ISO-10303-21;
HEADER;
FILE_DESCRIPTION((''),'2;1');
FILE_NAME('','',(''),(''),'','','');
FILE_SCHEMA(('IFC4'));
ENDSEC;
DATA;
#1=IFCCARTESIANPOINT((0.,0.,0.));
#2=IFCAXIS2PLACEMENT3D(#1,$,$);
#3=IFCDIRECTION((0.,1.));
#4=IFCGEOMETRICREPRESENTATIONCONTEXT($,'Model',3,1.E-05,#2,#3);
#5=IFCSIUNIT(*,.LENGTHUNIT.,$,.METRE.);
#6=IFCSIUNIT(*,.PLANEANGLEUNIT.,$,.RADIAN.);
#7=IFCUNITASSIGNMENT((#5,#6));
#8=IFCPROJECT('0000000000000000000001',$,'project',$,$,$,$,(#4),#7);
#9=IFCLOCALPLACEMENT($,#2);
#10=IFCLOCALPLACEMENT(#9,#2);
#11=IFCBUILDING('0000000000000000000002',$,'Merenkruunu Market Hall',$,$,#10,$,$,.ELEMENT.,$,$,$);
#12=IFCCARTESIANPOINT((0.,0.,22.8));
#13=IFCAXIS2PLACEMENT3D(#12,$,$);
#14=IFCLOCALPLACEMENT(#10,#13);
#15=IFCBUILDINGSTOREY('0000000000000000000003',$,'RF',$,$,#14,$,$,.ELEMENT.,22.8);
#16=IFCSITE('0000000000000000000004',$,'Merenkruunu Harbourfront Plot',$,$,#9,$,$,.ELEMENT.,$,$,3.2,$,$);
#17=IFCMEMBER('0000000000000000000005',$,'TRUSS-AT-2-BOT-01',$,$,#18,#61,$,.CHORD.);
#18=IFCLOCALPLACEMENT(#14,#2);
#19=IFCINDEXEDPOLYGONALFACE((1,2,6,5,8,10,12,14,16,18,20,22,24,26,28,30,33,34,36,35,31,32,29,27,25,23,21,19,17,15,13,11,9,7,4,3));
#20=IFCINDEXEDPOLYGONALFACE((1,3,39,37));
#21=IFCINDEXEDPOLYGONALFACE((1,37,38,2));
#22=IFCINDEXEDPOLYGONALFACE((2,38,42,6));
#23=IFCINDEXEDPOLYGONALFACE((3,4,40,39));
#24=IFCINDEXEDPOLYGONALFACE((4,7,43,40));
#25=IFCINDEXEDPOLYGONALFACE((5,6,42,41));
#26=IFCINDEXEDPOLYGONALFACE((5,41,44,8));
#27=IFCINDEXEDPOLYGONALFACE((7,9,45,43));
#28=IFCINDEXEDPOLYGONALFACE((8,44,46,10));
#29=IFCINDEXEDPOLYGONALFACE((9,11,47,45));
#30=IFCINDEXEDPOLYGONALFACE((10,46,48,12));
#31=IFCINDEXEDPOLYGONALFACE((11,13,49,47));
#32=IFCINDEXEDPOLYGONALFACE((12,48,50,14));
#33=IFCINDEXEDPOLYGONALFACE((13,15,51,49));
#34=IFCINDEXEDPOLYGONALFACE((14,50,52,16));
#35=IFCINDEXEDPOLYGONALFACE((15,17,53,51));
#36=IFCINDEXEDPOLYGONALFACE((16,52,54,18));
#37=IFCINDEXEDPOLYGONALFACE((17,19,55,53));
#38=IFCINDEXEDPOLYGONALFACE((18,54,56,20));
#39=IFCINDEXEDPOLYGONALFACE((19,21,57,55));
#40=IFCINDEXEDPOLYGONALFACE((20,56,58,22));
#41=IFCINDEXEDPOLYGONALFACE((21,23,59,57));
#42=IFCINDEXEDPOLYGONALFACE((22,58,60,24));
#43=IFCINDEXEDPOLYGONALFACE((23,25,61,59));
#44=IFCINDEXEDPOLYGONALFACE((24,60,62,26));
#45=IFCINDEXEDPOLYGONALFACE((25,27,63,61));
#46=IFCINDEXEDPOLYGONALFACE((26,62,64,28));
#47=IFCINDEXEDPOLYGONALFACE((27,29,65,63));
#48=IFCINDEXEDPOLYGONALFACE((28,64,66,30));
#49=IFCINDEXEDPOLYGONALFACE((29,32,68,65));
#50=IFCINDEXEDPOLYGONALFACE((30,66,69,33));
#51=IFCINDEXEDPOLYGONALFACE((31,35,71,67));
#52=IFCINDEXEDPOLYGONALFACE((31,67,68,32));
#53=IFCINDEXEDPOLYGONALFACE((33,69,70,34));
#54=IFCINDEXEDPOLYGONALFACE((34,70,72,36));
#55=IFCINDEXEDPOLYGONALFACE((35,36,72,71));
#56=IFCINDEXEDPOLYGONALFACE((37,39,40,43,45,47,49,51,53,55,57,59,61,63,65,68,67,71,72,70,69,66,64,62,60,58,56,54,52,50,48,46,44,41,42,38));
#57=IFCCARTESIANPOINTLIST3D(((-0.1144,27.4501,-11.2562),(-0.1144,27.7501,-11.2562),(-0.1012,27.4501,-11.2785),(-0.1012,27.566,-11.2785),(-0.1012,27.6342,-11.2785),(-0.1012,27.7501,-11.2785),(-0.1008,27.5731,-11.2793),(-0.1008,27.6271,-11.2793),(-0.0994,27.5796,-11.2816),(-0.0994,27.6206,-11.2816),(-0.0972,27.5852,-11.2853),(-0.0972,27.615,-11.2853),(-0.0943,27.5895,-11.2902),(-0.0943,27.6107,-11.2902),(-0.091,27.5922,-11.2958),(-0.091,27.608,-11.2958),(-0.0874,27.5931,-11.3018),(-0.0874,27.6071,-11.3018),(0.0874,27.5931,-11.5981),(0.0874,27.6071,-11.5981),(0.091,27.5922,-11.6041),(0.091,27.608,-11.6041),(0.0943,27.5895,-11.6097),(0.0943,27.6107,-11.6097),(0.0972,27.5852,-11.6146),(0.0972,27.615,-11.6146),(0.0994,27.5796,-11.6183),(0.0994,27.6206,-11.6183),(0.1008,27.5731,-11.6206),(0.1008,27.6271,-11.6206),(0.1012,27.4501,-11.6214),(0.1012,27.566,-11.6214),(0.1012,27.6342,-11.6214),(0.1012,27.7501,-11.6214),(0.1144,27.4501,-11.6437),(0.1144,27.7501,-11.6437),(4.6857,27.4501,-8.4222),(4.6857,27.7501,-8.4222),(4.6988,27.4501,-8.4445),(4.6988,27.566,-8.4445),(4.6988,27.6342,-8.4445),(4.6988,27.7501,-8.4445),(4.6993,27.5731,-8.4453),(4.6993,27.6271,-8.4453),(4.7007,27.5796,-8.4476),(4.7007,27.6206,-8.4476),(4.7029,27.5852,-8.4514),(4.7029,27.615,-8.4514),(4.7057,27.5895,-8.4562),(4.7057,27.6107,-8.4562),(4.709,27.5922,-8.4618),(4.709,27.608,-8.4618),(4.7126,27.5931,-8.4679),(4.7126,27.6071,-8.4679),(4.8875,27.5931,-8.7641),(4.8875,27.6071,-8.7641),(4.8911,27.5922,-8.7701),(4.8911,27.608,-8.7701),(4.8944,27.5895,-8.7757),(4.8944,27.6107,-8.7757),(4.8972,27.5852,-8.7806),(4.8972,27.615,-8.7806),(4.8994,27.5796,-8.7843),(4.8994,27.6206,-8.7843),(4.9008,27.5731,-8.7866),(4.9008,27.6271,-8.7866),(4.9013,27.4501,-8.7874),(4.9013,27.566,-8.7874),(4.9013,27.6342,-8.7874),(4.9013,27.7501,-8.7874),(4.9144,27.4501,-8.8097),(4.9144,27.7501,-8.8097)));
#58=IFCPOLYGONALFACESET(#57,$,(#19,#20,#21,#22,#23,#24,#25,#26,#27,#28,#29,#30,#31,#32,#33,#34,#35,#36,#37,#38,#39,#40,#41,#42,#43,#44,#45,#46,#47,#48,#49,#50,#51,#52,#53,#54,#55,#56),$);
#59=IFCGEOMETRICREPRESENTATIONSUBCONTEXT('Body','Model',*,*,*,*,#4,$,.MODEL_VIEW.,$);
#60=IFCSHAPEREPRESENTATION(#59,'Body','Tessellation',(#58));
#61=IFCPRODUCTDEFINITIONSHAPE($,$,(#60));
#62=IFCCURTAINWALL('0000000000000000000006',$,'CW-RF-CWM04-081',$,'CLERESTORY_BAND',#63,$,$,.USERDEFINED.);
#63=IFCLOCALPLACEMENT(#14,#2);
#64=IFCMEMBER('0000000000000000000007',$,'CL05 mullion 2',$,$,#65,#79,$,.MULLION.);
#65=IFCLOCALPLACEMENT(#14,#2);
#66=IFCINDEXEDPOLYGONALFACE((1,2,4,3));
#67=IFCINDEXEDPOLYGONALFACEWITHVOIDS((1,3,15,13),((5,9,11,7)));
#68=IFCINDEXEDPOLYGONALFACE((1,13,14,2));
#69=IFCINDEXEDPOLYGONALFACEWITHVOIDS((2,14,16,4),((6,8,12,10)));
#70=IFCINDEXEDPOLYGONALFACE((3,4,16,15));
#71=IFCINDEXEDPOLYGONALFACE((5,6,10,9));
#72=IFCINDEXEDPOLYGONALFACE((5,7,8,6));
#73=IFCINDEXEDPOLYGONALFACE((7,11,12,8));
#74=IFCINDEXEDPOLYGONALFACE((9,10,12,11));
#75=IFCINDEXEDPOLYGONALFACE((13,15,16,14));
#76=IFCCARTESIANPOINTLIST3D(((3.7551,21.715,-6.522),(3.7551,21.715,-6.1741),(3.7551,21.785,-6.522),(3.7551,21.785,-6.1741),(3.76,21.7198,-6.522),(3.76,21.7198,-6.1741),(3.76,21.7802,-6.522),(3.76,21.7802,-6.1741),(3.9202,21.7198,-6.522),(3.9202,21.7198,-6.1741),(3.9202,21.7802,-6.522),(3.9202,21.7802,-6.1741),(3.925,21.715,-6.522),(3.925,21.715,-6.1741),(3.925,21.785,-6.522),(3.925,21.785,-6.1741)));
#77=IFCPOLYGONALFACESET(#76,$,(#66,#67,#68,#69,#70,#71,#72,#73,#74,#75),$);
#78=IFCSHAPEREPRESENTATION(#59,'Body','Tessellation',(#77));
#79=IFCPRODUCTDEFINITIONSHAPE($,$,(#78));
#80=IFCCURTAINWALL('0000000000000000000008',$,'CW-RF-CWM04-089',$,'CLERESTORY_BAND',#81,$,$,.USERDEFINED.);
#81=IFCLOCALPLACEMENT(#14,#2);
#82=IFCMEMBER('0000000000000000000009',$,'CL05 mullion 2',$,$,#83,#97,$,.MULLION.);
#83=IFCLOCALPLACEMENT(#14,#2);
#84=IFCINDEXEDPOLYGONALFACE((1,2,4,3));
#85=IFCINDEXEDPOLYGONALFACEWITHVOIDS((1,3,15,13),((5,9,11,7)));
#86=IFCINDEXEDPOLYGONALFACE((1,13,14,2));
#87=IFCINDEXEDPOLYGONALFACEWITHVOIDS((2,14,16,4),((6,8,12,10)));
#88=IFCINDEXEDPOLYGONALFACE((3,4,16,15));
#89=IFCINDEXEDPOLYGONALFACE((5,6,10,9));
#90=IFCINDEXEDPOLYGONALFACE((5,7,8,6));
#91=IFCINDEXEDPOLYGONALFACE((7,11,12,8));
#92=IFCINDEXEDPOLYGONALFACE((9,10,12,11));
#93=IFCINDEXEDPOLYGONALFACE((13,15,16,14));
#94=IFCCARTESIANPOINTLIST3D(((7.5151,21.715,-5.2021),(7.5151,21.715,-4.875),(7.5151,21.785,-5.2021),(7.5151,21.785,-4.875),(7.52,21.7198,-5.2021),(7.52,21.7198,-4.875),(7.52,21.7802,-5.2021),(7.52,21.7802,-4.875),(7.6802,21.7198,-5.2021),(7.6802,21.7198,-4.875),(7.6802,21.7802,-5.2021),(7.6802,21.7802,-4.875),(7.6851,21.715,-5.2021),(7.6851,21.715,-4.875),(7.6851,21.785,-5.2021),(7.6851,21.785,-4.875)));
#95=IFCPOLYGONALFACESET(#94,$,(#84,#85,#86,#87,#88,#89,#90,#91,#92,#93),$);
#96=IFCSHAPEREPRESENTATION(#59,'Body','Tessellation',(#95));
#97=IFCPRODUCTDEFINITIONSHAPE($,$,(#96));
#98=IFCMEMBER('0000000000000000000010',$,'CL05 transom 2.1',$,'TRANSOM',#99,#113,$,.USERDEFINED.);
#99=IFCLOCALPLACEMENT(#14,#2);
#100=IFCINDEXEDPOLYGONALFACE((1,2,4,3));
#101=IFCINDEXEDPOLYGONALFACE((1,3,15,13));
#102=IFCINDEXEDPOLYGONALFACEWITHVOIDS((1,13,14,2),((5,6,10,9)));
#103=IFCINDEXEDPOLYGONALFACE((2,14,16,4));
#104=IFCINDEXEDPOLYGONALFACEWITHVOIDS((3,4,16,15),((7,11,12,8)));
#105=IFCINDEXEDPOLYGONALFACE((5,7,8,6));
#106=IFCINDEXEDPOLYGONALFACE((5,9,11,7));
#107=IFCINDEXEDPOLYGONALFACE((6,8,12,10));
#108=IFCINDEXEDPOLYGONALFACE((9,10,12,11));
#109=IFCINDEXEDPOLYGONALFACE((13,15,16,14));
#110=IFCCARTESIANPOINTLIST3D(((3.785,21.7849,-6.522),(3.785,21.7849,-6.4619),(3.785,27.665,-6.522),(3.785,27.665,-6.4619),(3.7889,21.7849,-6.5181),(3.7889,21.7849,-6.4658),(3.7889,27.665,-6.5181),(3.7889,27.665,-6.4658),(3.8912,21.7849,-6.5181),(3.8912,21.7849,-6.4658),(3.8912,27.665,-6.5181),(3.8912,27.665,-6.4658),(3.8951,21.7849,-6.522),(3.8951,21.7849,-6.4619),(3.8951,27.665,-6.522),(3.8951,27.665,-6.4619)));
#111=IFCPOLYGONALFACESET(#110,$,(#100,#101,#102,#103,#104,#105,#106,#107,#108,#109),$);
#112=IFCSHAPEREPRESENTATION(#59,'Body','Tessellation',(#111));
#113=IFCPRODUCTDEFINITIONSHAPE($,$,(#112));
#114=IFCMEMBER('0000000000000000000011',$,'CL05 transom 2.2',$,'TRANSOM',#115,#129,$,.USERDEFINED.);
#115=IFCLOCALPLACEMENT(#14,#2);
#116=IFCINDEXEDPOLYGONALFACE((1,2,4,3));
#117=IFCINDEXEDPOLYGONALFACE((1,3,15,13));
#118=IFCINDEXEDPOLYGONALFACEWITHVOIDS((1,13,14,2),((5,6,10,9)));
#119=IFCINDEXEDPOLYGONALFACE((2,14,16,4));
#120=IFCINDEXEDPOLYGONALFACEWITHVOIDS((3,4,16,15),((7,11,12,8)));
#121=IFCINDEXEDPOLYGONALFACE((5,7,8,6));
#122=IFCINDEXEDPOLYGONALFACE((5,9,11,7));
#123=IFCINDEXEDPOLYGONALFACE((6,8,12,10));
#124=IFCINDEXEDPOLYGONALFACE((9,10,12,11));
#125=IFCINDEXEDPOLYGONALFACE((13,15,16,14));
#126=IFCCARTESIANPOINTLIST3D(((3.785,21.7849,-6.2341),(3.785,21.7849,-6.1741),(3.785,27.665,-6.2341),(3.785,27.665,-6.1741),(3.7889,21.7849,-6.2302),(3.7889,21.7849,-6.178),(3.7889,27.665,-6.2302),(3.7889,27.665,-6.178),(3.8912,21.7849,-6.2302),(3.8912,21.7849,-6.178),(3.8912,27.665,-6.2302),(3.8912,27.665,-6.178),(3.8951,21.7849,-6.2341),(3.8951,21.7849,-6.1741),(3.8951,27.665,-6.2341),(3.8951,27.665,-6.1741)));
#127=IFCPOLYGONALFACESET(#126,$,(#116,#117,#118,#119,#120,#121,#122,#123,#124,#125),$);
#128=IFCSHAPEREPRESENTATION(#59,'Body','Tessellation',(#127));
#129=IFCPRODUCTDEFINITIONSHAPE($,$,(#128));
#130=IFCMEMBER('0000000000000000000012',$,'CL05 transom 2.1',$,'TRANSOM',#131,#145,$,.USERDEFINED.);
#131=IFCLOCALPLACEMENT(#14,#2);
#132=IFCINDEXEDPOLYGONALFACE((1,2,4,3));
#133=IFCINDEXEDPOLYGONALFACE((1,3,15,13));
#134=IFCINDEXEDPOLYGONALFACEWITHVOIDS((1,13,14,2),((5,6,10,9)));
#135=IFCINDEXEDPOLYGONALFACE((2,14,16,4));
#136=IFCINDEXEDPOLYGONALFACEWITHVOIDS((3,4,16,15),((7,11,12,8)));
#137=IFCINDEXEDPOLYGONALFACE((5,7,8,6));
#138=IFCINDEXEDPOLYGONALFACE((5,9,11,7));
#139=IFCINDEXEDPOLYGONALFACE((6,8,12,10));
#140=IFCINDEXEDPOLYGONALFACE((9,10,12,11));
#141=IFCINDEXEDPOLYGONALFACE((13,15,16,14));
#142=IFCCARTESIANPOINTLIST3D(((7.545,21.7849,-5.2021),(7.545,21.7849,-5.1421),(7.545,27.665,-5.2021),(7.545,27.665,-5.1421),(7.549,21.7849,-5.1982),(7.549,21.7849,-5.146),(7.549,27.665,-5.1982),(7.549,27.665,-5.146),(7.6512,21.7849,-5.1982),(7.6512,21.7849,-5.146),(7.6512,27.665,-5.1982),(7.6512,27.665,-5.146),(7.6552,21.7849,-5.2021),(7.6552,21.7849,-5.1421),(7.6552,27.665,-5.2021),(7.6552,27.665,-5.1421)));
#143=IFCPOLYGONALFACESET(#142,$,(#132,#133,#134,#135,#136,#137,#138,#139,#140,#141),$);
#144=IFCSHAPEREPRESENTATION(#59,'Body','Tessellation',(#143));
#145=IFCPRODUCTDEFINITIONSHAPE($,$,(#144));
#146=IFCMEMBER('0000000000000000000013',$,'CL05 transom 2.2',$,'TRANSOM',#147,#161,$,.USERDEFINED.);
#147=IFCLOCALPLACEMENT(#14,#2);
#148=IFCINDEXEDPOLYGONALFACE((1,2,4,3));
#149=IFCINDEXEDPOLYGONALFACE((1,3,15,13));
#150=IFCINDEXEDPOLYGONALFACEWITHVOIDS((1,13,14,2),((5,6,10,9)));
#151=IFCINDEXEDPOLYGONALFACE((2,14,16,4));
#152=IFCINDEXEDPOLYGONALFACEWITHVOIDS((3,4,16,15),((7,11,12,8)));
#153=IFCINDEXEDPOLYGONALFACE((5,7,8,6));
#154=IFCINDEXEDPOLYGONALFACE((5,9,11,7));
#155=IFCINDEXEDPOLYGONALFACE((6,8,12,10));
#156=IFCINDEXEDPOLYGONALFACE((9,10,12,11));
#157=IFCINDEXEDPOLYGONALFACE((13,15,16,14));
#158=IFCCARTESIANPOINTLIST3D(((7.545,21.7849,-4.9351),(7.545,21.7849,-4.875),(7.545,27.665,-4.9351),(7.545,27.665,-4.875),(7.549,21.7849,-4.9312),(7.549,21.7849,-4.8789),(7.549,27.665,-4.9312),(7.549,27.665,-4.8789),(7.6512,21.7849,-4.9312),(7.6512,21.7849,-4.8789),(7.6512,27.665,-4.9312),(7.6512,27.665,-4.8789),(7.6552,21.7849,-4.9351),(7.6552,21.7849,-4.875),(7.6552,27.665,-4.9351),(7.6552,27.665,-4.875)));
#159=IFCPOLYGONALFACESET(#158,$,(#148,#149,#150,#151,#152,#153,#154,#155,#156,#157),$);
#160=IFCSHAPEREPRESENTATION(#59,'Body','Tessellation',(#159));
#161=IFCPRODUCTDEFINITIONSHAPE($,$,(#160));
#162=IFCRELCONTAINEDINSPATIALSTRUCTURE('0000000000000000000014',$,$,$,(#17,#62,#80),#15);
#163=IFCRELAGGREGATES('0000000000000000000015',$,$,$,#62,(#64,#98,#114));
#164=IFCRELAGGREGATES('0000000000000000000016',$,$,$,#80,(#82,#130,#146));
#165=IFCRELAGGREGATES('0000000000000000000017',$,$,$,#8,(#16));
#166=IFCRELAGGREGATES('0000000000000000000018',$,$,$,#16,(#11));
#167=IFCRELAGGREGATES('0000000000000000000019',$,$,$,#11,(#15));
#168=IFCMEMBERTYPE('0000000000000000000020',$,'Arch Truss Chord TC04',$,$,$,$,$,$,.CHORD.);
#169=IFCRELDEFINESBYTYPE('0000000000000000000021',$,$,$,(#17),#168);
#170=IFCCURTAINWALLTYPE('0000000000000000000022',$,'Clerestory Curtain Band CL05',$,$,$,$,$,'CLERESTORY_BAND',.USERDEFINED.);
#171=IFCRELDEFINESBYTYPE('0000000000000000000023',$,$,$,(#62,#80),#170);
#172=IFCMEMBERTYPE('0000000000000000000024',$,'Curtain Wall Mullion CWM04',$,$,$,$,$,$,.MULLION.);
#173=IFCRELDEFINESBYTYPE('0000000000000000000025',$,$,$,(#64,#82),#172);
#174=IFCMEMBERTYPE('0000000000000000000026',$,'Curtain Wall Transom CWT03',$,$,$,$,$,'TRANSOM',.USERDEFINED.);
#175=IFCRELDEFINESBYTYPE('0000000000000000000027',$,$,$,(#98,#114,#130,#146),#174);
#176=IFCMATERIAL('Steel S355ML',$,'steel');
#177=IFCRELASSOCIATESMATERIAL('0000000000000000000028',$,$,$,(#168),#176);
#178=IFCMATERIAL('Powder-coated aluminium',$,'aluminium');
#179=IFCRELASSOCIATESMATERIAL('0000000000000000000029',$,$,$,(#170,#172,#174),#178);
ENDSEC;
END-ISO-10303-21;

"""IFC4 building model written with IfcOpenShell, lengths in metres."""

from ifc_helpers import new_model, si_unit, direction, frame, origin, origin_2d, place, context, subcontext, project, spatial, hollow_rectangle, i_section, extrude, material, material_profile, profile_set, type_object, element, aggregate, save


model = new_model("IFC4")

# Units and contexts
model_context = context("Model", 3, precision=1e-05, world=origin(), true_north=direction((0.0, 1.0)))
body_context = subcontext(model_context, "Body", "Model", "MODEL_VIEW")
ifc_project = project(units=[si_unit("LENGTHUNIT", "METRE"), si_unit("PLANEANGLEUNIT", "RADIAN")], contexts=[model_context])

# Site, building, storey
site_placement = place(None, origin())
site = spatial("IfcSite", under=ifc_project, at=site_placement, Name="Merenkruunu Harbourfront Plot", CompositionType="ELEMENT", RefElevation=3.2)
building_placement = place(site_placement, origin())
building = spatial("IfcBuilding", under=site, at=building_placement, Name="Merenkruunu Market Hall", CompositionType="ELEMENT")
storey_placement = place(building_placement, frame((0.0, 0.0, 22.8)))
storey = spatial("IfcBuildingStorey", under=building, at=storey_placement, Name="RF", CompositionType="ELEMENT", Elevation=22.8)

# Member
ifc_material_1 = material(Name="Steel S355ML", Category="steel")
ifc_material_profile_1 = material_profile(ifc_material_1, i_section(OverallWidth=0.3, OverallDepth=0.45, WebThickness=0.0139, FlangeThickness=0.0259, FilletRadius=0.0271, at=origin_2d()), Name="HEB 450")
ifc_profile_set_1 = profile_set([ifc_material_profile_1], Name="Steel S355ML")
member_type_1 = type_object("IfcMemberType", Name="Arch Truss Chord TC04", PredefinedType="CHORD", material=ifc_profile_set_1)
member_1_placement = place(storey_placement, frame((0.0, 27.6001, -11.45), z_axis=(0.861116, 0.0, 0.508409), x_axis=(0.0, 1.0, 0.0)))
element("IfcMember", 1, at=member_1_placement, inside=storey, type_object=member_type_1, Name="TRUSS-AT-2-BOT-01", PredefinedType="CHORD", context=body_context, shape_type="SweptSolid", body=[
    extrude(i_section(OverallWidth=0.3, OverallDepth=0.45, WebThickness=0.0139, FlangeThickness=0.0259, FilletRadius=0.0271, at=origin_2d()), origin(), (0.0, 0.0, 1.0), 5.5742),
])

# Curtain walls, members
ifc_material_2 = material(Name="Powder-coated aluminium", Category="aluminium")
curtain_wall_type = type_object("IfcCurtainWallType", Name="Clerestory Curtain Band CL05", ElementType="CLERESTORY_BAND", PredefinedType="USERDEFINED", material=ifc_material_2)
curtain_wall_1_placement = place(storey_placement, origin())
curtain_wall_1 = element("IfcCurtainWall", 2, at=curtain_wall_1_placement, inside=storey, type_object=curtain_wall_type, Name="CW-RF-CWM04-081", ObjectType="CLERESTORY_BAND", PredefinedType="USERDEFINED")
ifc_material_profile_2 = material_profile(ifc_material_2, hollow_rectangle(XDim=0.0701, YDim=0.1699, WallThickness=0.0049, at=origin_2d()), Name="ALU 70x170x5")
ifc_profile_set_2 = profile_set([ifc_material_profile_2], Name="Powder-coated aluminium")
member_type_2 = type_object("IfcMemberType", Name="Curtain Wall Mullion CWM04", PredefinedType="MULLION", material=ifc_profile_set_2)
member_2_placement = place(storey_placement, frame((3.8401, 21.75, -6.522), z_axis=(0.0, 0.0, 1.0), x_axis=(0.0, 1.0, 0.0)))
member_2 = element("IfcMember", 3, at=member_2_placement, type_object=member_type_2, Name="CL05 mullion 2", PredefinedType="MULLION", context=body_context, shape_type="SweptSolid", body=[
    extrude(hollow_rectangle(XDim=0.0701, YDim=0.1699, WallThickness=0.0049, at=origin_2d()), origin(), (0.0, 0.0, 1.0), 0.3479),
])
curtain_wall_2_placement = place(storey_placement, origin())
curtain_wall_2 = element("IfcCurtainWall", 4, at=curtain_wall_2_placement, inside=storey, type_object=curtain_wall_type, Name="CW-RF-CWM04-089", ObjectType="CLERESTORY_BAND", PredefinedType="USERDEFINED")
member_3_placement = place(storey_placement, frame((7.6001, 21.75, -5.2021), z_axis=(0.0, 0.0, 1.0), x_axis=(0.0, 1.0, 0.0)))
member_3 = element("IfcMember", 5, at=member_3_placement, type_object=member_type_2, Name="CL05 mullion 2", PredefinedType="MULLION", context=body_context, shape_type="SweptSolid", body=[
    extrude(hollow_rectangle(XDim=0.0701, YDim=0.1699, WallThickness=0.0049, at=origin_2d()), origin(), (0.0, 0.0, 1.0), 0.3271),
])

# Members
ifc_material_profile_3 = material_profile(ifc_material_2, hollow_rectangle(XDim=0.0601, YDim=0.1101, WallThickness=0.0039, at=origin_2d()), Name="ALU 60x110x4")
ifc_profile_set_3 = profile_set([ifc_material_profile_3], Name="Powder-coated aluminium")
member_type_3 = type_object("IfcMemberType", Name="Curtain Wall Transom CWT03", ElementType="TRANSOM", PredefinedType="USERDEFINED", material=ifc_profile_set_3)
member_4_placement = place(storey_placement, frame((3.8401, 21.7849, -6.4919), z_axis=(0.0, 1.0, 0.0), x_axis=(0.0, 0.0, 1.0)))
member_4 = element("IfcMember", 6, at=member_4_placement, type_object=member_type_3, Name="CL05 transom 2.1", ObjectType="TRANSOM", PredefinedType="USERDEFINED", context=body_context, shape_type="SweptSolid", body=[
    extrude(hollow_rectangle(XDim=0.0601, YDim=0.1101, WallThickness=0.0039, at=origin_2d()), origin(), (0.0, 0.0, 1.0), 5.8801),
])
member_5_placement = place(storey_placement, frame((3.8401, 21.7849, -6.2041), z_axis=(0.0, 1.0, 0.0), x_axis=(0.0, 0.0, 1.0)))
member_5 = element("IfcMember", 7, at=member_5_placement, type_object=member_type_3, Name="CL05 transom 2.2", ObjectType="TRANSOM", PredefinedType="USERDEFINED", context=body_context, shape_type="SweptSolid", body=[
    extrude(hollow_rectangle(XDim=0.0601, YDim=0.1101, WallThickness=0.0039, at=origin_2d()), origin(), (0.0, 0.0, 1.0), 5.8801),
])
member_6_placement = place(storey_placement, frame((7.6001, 21.7849, -5.1721), z_axis=(0.0, 1.0, 0.0), x_axis=(0.0, 0.0, 1.0)))
member_6 = element("IfcMember", 8, at=member_6_placement, type_object=member_type_3, Name="CL05 transom 2.1", ObjectType="TRANSOM", PredefinedType="USERDEFINED", context=body_context, shape_type="SweptSolid", body=[
    extrude(hollow_rectangle(XDim=0.0601, YDim=0.1101, WallThickness=0.0039, at=origin_2d()), origin(), (0.0, 0.0, 1.0), 5.8801),
])
member_7_placement = place(storey_placement, frame((7.6001, 21.7849, -4.905), z_axis=(0.0, 1.0, 0.0), x_axis=(0.0, 0.0, 1.0)))
member_7 = element("IfcMember", 9, at=member_7_placement, type_object=member_type_3, Name="CL05 transom 2.2", ObjectType="TRANSOM", PredefinedType="USERDEFINED", context=body_context, shape_type="SweptSolid", body=[
    extrude(hollow_rectangle(XDim=0.0601, YDim=0.1101, WallThickness=0.0039, at=origin_2d()), origin(), (0.0, 0.0, 1.0), 5.8801),
])

aggregate(curtain_wall_1, [member_2, member_4, member_5])
aggregate(curtain_wall_2, [member_3, member_6, member_7])

save(model, "model.ifc")
